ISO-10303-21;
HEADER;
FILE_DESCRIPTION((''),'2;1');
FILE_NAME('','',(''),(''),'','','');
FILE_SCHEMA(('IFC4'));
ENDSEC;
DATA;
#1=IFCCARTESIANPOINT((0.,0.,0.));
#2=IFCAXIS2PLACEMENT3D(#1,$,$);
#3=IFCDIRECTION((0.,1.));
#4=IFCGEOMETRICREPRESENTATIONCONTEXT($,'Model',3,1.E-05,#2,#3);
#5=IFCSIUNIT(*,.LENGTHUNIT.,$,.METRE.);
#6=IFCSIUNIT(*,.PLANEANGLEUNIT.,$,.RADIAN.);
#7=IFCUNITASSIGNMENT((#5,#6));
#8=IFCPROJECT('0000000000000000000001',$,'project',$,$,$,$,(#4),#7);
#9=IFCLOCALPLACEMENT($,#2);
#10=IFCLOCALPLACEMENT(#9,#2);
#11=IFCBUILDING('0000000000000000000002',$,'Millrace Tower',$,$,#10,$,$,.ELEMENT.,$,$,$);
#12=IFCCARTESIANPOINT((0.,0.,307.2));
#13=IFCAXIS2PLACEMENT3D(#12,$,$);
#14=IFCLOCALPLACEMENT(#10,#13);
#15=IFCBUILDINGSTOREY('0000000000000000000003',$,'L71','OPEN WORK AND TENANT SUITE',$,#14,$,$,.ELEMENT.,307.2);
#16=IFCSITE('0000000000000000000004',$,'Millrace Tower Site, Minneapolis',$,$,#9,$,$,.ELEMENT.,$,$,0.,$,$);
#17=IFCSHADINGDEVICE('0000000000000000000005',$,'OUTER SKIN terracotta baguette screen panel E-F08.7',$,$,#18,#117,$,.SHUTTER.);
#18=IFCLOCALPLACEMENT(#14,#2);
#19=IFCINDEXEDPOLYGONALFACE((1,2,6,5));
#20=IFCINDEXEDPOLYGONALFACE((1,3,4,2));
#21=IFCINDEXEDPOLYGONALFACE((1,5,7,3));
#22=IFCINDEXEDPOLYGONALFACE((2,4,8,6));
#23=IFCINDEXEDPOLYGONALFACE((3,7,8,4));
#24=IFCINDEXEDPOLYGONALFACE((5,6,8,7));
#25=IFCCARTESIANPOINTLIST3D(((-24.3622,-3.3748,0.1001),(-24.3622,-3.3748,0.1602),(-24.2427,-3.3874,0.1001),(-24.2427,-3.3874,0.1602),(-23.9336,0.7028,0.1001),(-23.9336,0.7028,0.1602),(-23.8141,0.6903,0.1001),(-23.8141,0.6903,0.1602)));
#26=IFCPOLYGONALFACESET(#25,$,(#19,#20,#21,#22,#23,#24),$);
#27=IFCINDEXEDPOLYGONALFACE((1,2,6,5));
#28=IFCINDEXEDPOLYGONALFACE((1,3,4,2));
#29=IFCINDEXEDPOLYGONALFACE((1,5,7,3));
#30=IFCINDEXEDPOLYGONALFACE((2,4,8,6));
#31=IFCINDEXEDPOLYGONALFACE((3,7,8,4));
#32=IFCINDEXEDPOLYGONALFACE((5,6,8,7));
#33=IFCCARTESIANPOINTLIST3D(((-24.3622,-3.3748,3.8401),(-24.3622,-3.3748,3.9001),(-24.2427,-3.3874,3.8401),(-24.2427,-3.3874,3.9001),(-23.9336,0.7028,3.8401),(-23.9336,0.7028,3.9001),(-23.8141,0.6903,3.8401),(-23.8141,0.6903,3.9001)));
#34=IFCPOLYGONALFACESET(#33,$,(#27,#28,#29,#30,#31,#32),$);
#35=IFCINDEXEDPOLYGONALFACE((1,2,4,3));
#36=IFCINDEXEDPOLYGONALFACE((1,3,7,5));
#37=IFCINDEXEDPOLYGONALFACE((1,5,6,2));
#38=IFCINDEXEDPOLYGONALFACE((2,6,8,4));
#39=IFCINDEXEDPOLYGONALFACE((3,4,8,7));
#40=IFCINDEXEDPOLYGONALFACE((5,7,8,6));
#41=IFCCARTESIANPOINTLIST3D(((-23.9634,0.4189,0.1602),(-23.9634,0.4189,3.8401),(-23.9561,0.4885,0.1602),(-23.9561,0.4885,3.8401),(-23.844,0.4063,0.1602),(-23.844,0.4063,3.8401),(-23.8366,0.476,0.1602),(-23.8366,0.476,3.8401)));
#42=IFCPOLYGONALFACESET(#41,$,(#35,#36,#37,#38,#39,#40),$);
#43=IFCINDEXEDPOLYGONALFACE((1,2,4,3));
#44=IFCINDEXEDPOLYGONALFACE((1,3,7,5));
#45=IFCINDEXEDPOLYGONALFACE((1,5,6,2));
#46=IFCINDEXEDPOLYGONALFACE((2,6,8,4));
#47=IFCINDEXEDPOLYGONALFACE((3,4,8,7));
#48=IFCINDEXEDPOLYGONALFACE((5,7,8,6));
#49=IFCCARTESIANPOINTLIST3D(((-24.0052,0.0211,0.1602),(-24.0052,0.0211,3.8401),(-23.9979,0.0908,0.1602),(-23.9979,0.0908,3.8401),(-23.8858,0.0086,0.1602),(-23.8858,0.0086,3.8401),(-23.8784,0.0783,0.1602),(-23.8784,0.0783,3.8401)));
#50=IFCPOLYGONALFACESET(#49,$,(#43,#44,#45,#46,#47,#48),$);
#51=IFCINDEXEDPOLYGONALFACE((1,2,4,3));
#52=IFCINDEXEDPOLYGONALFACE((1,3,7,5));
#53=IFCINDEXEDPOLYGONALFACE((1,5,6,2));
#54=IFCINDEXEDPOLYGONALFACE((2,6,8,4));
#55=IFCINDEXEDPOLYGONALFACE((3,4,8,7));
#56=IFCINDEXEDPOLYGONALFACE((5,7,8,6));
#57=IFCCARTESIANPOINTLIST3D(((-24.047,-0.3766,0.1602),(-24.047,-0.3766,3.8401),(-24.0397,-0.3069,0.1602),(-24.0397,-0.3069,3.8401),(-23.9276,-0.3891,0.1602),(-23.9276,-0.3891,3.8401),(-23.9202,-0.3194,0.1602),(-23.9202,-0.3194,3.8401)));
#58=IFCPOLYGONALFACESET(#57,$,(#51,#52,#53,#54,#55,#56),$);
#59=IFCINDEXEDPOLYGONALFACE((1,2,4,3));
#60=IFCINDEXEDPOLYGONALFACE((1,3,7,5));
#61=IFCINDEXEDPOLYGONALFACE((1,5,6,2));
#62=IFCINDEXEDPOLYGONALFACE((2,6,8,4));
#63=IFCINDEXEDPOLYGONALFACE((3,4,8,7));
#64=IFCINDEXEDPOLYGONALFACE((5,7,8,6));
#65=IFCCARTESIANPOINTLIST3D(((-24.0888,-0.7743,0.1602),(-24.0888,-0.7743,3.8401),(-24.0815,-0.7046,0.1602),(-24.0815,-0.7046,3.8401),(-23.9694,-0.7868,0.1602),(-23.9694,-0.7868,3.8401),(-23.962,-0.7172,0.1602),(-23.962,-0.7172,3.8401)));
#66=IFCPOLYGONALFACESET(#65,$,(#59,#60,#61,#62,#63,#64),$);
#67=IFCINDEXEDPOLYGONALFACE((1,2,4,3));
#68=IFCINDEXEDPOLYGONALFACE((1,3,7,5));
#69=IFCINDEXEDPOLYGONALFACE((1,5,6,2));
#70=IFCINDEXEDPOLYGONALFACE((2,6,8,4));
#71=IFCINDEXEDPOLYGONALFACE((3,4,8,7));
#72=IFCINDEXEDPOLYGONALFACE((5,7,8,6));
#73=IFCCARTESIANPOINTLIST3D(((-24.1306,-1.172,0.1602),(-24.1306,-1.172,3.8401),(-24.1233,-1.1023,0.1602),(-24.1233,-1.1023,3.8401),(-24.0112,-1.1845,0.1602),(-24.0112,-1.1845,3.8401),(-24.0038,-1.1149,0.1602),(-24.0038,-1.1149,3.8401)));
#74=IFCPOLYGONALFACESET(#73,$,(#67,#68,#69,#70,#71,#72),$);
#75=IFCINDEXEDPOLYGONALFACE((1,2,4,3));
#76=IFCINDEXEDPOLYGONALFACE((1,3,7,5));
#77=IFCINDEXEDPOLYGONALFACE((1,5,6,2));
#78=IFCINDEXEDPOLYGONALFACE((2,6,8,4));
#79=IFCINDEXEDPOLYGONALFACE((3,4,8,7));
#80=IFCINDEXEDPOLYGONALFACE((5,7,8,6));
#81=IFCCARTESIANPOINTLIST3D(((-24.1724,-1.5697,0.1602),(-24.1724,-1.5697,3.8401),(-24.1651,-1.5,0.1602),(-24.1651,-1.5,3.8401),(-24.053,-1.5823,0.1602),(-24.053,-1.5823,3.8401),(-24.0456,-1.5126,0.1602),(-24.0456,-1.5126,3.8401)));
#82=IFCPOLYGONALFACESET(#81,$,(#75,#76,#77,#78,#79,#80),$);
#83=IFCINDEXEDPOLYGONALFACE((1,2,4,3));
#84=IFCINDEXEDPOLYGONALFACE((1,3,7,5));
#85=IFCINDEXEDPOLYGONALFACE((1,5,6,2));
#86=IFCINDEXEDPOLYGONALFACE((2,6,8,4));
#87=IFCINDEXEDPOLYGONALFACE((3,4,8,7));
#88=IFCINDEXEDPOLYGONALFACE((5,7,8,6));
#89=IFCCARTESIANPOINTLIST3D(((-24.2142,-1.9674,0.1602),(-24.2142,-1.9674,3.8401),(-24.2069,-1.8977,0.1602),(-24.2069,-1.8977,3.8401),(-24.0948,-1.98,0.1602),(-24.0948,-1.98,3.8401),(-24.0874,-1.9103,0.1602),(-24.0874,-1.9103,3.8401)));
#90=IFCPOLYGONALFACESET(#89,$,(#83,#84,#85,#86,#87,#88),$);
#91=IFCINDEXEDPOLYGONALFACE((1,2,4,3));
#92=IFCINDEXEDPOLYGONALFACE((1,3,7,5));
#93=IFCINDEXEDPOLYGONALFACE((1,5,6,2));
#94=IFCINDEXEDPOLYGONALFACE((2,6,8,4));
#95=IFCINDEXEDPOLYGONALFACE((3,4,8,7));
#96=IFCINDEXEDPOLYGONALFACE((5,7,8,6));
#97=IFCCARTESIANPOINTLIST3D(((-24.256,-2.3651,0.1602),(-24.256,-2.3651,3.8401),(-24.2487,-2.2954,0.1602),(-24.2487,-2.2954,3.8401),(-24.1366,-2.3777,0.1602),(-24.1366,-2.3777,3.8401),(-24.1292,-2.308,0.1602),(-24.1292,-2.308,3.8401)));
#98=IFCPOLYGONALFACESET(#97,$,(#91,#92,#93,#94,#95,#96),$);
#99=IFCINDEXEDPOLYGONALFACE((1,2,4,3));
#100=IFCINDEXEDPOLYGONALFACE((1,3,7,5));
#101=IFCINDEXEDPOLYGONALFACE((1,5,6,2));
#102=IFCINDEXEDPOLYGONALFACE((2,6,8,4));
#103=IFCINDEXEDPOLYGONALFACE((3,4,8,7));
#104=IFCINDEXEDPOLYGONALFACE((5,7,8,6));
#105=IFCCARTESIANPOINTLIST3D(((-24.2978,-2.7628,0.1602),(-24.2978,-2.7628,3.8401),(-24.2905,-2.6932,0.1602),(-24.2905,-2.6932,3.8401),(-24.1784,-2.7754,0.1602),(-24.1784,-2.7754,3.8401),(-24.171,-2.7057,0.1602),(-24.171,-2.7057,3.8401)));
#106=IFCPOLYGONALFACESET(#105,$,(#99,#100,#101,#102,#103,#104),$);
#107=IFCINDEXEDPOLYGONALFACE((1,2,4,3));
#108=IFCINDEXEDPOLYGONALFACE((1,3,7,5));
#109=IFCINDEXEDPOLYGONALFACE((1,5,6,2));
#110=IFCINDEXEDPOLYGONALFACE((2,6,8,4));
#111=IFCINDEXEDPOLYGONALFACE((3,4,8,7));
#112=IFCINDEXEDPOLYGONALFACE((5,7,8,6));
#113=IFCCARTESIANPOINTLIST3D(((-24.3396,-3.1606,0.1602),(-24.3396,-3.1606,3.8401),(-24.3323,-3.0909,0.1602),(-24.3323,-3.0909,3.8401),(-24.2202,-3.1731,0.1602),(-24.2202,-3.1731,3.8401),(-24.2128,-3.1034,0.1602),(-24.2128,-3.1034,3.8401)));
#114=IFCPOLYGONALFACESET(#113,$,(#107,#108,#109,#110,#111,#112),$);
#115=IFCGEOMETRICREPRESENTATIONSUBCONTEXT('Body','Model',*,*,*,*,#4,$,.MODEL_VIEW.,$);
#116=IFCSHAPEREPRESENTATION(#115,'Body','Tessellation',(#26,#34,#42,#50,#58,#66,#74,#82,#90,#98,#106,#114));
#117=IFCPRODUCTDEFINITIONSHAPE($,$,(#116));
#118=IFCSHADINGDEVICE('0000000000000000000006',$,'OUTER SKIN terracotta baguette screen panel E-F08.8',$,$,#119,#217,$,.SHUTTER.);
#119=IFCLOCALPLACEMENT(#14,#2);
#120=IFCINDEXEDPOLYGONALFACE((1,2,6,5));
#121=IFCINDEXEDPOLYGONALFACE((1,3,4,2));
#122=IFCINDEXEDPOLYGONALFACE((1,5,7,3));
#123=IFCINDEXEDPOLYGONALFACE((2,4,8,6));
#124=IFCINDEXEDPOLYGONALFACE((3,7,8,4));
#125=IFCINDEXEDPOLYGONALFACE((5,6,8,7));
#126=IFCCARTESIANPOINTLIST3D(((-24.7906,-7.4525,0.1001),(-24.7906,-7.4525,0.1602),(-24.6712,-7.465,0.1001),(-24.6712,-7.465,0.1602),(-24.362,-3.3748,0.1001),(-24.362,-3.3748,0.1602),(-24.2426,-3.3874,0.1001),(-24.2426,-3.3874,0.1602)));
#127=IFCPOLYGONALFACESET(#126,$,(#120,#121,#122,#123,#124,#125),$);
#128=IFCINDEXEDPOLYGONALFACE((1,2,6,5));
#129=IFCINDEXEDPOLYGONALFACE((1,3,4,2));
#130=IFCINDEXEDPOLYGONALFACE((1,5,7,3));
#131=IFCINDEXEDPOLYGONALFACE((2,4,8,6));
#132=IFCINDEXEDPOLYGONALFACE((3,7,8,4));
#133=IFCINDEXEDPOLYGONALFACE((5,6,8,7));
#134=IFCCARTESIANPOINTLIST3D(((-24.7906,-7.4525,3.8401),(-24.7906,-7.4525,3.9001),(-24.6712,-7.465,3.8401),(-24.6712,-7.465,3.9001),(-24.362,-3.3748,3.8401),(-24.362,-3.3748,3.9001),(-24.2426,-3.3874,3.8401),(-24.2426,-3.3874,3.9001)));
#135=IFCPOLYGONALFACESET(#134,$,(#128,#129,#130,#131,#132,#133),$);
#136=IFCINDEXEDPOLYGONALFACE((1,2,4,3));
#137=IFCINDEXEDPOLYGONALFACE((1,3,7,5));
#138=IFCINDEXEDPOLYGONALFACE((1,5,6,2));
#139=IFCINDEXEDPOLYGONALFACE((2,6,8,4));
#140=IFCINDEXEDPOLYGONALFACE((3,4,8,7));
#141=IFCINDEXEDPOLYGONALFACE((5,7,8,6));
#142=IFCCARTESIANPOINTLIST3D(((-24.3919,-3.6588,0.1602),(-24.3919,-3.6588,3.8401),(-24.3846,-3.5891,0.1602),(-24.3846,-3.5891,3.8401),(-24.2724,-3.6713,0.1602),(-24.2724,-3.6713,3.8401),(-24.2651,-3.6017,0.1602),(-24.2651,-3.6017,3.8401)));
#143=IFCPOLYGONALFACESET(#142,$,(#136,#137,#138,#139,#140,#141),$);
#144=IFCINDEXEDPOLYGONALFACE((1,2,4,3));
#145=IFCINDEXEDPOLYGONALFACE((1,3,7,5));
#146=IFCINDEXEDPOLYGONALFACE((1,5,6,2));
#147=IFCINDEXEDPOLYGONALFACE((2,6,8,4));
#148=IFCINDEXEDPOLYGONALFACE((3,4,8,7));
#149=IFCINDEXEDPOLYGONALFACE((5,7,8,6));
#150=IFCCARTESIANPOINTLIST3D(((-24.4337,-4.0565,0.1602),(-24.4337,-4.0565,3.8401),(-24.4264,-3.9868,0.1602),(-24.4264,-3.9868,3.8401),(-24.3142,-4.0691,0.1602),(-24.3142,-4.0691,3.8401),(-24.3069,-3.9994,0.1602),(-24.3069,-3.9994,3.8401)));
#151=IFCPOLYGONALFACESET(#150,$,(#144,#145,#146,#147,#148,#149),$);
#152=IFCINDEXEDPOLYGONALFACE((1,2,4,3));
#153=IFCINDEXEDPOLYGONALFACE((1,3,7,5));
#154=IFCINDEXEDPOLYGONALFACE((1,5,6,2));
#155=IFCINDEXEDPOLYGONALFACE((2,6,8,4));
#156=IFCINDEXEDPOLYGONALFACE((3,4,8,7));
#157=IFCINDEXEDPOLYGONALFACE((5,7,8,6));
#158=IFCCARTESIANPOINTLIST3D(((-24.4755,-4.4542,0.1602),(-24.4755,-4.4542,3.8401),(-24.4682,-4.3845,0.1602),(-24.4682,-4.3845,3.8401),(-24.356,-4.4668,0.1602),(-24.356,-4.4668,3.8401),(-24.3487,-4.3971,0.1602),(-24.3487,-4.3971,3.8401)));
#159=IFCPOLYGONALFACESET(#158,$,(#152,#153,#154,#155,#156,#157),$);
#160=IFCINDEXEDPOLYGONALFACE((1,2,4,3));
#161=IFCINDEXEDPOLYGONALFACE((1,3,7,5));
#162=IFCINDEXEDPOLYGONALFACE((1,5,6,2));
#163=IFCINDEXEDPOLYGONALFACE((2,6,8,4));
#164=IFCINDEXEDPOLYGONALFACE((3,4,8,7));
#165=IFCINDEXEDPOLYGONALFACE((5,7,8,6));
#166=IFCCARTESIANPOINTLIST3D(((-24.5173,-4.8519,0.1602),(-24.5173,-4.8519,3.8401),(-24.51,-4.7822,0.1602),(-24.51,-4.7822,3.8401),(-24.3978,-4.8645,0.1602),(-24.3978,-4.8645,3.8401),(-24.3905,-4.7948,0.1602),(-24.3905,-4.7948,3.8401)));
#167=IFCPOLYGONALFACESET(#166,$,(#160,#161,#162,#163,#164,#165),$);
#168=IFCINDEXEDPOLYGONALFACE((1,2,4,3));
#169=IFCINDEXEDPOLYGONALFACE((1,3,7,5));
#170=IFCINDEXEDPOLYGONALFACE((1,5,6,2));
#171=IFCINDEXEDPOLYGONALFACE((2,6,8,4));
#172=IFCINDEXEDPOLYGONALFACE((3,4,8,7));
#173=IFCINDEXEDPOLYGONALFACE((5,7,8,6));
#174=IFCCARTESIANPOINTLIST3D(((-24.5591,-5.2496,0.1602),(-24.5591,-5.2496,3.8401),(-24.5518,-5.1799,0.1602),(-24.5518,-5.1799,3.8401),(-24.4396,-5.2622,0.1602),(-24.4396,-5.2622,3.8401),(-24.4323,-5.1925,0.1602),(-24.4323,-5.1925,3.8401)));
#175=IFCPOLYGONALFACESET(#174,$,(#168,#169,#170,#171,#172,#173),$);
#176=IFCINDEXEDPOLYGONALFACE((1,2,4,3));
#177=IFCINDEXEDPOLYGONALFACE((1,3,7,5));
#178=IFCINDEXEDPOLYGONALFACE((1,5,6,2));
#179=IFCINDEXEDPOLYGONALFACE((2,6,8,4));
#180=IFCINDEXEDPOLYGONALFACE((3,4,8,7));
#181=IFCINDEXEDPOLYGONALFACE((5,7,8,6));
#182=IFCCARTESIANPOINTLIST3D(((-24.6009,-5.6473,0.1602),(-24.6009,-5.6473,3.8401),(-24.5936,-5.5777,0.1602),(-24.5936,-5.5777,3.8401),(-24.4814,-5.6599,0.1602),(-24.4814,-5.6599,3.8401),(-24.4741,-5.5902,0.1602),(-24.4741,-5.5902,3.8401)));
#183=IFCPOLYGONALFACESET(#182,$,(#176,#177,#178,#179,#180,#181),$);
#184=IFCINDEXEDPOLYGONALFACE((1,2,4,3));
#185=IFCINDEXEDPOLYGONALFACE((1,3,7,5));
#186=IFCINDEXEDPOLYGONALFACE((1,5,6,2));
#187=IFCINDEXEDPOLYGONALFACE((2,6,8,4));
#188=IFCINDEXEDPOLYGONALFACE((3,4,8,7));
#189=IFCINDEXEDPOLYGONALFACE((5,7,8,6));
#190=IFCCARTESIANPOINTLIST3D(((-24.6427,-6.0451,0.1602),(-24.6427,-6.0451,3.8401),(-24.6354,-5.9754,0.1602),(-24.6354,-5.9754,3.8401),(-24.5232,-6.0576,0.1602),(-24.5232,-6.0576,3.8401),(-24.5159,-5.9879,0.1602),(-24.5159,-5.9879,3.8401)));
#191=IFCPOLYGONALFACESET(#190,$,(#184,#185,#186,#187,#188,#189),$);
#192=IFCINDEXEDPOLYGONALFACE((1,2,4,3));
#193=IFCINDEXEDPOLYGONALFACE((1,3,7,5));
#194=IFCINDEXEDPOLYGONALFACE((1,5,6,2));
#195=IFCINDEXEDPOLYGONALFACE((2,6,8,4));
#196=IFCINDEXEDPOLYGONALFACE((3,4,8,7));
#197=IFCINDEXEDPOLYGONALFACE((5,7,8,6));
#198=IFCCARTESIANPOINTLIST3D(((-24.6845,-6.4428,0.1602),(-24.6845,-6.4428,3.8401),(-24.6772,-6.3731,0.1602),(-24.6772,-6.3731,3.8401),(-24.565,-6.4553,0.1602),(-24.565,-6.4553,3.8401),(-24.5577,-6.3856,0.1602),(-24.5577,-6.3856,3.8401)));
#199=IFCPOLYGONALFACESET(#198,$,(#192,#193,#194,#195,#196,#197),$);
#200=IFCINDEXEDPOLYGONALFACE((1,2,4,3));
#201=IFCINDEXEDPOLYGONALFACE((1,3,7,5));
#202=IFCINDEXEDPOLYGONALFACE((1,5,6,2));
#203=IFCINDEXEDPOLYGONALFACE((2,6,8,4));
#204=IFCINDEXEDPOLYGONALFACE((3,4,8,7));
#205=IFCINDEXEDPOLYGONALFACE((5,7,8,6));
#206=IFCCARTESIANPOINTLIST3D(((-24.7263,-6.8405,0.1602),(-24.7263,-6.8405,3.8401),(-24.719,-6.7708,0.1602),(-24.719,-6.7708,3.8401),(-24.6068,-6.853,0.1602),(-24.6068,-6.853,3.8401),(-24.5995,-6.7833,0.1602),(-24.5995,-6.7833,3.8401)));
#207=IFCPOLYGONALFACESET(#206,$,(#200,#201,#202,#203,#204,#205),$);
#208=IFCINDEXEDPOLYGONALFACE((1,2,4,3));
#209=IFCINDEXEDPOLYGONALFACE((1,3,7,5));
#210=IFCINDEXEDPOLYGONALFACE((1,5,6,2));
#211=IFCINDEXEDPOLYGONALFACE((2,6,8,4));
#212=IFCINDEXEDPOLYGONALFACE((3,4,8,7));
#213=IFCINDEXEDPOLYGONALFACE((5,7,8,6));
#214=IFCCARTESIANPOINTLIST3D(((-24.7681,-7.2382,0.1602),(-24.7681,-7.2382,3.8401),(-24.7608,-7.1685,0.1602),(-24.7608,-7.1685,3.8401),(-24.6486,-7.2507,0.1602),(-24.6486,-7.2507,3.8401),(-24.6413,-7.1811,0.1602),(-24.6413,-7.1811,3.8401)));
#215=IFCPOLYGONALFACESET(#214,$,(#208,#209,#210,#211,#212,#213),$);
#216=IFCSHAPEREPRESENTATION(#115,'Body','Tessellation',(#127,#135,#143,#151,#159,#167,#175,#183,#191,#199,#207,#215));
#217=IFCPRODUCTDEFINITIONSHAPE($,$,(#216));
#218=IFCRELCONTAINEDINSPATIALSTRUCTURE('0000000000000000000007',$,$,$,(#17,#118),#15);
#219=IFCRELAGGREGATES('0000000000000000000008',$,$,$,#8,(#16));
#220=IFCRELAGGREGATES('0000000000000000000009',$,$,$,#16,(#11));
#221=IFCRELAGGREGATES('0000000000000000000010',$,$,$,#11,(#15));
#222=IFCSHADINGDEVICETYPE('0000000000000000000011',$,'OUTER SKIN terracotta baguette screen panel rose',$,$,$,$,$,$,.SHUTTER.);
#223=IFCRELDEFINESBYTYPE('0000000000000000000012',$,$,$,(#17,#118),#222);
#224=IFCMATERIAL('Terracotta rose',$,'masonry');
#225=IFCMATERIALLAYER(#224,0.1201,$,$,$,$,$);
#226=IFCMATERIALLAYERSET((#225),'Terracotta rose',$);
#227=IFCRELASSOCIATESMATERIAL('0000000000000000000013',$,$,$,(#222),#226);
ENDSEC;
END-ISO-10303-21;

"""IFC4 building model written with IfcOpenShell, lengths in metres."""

from ifc_helpers import new_model, entity, si_unit, direction, frame, frame_2d, origin, place, context, subcontext, project, spatial, rectangle, extrude, source, transform, mapped, material, layer, layer_set, type_object, element, save


model = new_model("IFC4")

# Units and contexts
model_context = context("Model", 3, precision=1e-05, world=origin(), true_north=direction((0.0, 1.0)))
body_context = subcontext(model_context, "Body", "Model", "MODEL_VIEW")
ifc_project = project(units=[si_unit("LENGTHUNIT", "METRE"), si_unit("PLANEANGLEUNIT", "RADIAN")], contexts=[model_context])

# Site, building, storey
site_placement = place(None, origin())
site = spatial("IfcSite", under=ifc_project, at=site_placement, Name="Millrace Tower Site, Minneapolis", CompositionType="ELEMENT", RefElevation=0.0)
building_placement = place(site_placement, origin())
building = spatial("IfcBuilding", under=site, at=building_placement, Name="Millrace Tower", CompositionType="ELEMENT")
storey_placement = place(building_placement, frame((0.0, 0.0, 307.2)))
storey = spatial("IfcBuildingStorey", under=building, at=storey_placement, Name="L71", Description="OPEN WORK AND TENANT SUITE", CompositionType="ELEMENT", Elevation=307.2)

# Shading devices
ifc_material_1 = material(Name="Terracotta rose", Category="masonry")
ifc_layer_1 = layer(ifc_material_1, 0.1201)
ifc_layer_set_1 = layer_set([ifc_layer_1], Name="Terracotta rose")
shading_device_type = type_object("IfcShadingDeviceType", Name="OUTER SKIN terracotta baguette screen panel rose", PredefinedType="SHUTTER", material=ifc_layer_set_1)
cartesian_point_1 = entity("IfcCartesianPoint", [-2.05, 0.0601])
shared_polyline_1 = entity("IfcPolyline", [cartesian_point_1, entity("IfcCartesianPoint", [2.05, 0.0601]), entity("IfcCartesianPoint", [2.05, -0.0601]), entity("IfcCartesianPoint", [-2.05, -0.0601]), cartesian_point_1])
shared_shape_1 = source(origin(), body_context, "Body", "SweptSolid", [
    entity("IfcExtrudedAreaSolid", entity("IfcArbitraryClosedProfileDef", "AREA", None, shared_polyline_1), entity("IfcAxis2Placement3D", entity("IfcCartesianPoint", [0.0, 0.0, 0.0])), entity("IfcDirection", [0.0, 0.0, 1.0]), 0.0601),
    entity("IfcExtrudedAreaSolid", entity("IfcArbitraryClosedProfileDef", "AREA", None, shared_polyline_1), entity("IfcAxis2Placement3D", entity("IfcCartesianPoint", [0.0, 0.0, 3.74])), entity("IfcDirection", [0.0, 0.0, 1.0]), 0.0601),
    extrude(rectangle(XDim=0.0701, YDim=0.1201, at=frame_2d((-1.7996, 0.0))), frame((0.0, 0.0, 0.0601)), (0.0, 0.0, 1.0), 3.6799),
    extrude(rectangle(XDim=0.0701, YDim=0.1201, at=frame_2d((-1.3997, 0.0))), frame((0.0, 0.0, 0.0601)), (0.0, 0.0, 1.0), 3.6799),
    extrude(rectangle(XDim=0.0701, YDim=0.1201, at=frame_2d((-0.9998, 0.0))), frame((0.0, 0.0, 0.0601)), (0.0, 0.0, 1.0), 3.6799),
    extrude(rectangle(XDim=0.0701, YDim=0.1201, at=frame_2d((-0.5999, 0.0))), frame((0.0, 0.0, 0.0601)), (0.0, 0.0, 1.0), 3.6799),
    extrude(rectangle(XDim=0.0701, YDim=0.1201, at=frame_2d((-0.2, 0.0))), frame((0.0, 0.0, 0.0601)), (0.0, 0.0, 1.0), 3.6799),
    extrude(rectangle(XDim=0.0701, YDim=0.1201, at=frame_2d((0.2, 0.0))), frame((0.0, 0.0, 0.0601)), (0.0, 0.0, 1.0), 3.6799),
    extrude(rectangle(XDim=0.0701, YDim=0.1201, at=frame_2d((0.5999, 0.0))), frame((0.0, 0.0, 0.0601)), (0.0, 0.0, 1.0), 3.6799),
    extrude(rectangle(XDim=0.0701, YDim=0.1201, at=frame_2d((0.9998, 0.0))), frame((0.0, 0.0, 0.0601)), (0.0, 0.0, 1.0), 3.6799),
    extrude(rectangle(XDim=0.0701, YDim=0.1201, at=frame_2d((1.3997, 0.0))), frame((0.0, 0.0, 0.0601)), (0.0, 0.0, 1.0), 3.6799),
    extrude(rectangle(XDim=0.0701, YDim=0.1201, at=frame_2d((1.7996, 0.0))), frame((0.0, 0.0, 0.0601)), (0.0, 0.0, 1.0), 3.6799),
])
for number, where, z_axis, x_axis, name in (
    (1, (-24.0881, -1.3423, 0.1001), (0.0, 0.0, 1.0), (-0.104528, -0.994522, 0.0), "OUTER SKIN terracotta baguette screen panel E-F08.7"),
    (2, (-24.5166, -5.4199, 0.1001), (0.0, 0.0, 1.0), (-0.104528, -0.994522, 0.0), "OUTER SKIN terracotta baguette screen panel E-F08.8"),
):
    element("IfcShadingDevice", number, at=place(storey_placement, frame(where, z_axis=z_axis, x_axis=x_axis)), inside=storey, type_object=shading_device_type, Name=name, PredefinedType="SHUTTER", context=body_context, shape_type="MappedRepresentation", body=[
        mapped(shared_shape_1, transform((0.0, 0.0, 0.0), scale=1.0)),
    ])

save(model, "model.ifc")
